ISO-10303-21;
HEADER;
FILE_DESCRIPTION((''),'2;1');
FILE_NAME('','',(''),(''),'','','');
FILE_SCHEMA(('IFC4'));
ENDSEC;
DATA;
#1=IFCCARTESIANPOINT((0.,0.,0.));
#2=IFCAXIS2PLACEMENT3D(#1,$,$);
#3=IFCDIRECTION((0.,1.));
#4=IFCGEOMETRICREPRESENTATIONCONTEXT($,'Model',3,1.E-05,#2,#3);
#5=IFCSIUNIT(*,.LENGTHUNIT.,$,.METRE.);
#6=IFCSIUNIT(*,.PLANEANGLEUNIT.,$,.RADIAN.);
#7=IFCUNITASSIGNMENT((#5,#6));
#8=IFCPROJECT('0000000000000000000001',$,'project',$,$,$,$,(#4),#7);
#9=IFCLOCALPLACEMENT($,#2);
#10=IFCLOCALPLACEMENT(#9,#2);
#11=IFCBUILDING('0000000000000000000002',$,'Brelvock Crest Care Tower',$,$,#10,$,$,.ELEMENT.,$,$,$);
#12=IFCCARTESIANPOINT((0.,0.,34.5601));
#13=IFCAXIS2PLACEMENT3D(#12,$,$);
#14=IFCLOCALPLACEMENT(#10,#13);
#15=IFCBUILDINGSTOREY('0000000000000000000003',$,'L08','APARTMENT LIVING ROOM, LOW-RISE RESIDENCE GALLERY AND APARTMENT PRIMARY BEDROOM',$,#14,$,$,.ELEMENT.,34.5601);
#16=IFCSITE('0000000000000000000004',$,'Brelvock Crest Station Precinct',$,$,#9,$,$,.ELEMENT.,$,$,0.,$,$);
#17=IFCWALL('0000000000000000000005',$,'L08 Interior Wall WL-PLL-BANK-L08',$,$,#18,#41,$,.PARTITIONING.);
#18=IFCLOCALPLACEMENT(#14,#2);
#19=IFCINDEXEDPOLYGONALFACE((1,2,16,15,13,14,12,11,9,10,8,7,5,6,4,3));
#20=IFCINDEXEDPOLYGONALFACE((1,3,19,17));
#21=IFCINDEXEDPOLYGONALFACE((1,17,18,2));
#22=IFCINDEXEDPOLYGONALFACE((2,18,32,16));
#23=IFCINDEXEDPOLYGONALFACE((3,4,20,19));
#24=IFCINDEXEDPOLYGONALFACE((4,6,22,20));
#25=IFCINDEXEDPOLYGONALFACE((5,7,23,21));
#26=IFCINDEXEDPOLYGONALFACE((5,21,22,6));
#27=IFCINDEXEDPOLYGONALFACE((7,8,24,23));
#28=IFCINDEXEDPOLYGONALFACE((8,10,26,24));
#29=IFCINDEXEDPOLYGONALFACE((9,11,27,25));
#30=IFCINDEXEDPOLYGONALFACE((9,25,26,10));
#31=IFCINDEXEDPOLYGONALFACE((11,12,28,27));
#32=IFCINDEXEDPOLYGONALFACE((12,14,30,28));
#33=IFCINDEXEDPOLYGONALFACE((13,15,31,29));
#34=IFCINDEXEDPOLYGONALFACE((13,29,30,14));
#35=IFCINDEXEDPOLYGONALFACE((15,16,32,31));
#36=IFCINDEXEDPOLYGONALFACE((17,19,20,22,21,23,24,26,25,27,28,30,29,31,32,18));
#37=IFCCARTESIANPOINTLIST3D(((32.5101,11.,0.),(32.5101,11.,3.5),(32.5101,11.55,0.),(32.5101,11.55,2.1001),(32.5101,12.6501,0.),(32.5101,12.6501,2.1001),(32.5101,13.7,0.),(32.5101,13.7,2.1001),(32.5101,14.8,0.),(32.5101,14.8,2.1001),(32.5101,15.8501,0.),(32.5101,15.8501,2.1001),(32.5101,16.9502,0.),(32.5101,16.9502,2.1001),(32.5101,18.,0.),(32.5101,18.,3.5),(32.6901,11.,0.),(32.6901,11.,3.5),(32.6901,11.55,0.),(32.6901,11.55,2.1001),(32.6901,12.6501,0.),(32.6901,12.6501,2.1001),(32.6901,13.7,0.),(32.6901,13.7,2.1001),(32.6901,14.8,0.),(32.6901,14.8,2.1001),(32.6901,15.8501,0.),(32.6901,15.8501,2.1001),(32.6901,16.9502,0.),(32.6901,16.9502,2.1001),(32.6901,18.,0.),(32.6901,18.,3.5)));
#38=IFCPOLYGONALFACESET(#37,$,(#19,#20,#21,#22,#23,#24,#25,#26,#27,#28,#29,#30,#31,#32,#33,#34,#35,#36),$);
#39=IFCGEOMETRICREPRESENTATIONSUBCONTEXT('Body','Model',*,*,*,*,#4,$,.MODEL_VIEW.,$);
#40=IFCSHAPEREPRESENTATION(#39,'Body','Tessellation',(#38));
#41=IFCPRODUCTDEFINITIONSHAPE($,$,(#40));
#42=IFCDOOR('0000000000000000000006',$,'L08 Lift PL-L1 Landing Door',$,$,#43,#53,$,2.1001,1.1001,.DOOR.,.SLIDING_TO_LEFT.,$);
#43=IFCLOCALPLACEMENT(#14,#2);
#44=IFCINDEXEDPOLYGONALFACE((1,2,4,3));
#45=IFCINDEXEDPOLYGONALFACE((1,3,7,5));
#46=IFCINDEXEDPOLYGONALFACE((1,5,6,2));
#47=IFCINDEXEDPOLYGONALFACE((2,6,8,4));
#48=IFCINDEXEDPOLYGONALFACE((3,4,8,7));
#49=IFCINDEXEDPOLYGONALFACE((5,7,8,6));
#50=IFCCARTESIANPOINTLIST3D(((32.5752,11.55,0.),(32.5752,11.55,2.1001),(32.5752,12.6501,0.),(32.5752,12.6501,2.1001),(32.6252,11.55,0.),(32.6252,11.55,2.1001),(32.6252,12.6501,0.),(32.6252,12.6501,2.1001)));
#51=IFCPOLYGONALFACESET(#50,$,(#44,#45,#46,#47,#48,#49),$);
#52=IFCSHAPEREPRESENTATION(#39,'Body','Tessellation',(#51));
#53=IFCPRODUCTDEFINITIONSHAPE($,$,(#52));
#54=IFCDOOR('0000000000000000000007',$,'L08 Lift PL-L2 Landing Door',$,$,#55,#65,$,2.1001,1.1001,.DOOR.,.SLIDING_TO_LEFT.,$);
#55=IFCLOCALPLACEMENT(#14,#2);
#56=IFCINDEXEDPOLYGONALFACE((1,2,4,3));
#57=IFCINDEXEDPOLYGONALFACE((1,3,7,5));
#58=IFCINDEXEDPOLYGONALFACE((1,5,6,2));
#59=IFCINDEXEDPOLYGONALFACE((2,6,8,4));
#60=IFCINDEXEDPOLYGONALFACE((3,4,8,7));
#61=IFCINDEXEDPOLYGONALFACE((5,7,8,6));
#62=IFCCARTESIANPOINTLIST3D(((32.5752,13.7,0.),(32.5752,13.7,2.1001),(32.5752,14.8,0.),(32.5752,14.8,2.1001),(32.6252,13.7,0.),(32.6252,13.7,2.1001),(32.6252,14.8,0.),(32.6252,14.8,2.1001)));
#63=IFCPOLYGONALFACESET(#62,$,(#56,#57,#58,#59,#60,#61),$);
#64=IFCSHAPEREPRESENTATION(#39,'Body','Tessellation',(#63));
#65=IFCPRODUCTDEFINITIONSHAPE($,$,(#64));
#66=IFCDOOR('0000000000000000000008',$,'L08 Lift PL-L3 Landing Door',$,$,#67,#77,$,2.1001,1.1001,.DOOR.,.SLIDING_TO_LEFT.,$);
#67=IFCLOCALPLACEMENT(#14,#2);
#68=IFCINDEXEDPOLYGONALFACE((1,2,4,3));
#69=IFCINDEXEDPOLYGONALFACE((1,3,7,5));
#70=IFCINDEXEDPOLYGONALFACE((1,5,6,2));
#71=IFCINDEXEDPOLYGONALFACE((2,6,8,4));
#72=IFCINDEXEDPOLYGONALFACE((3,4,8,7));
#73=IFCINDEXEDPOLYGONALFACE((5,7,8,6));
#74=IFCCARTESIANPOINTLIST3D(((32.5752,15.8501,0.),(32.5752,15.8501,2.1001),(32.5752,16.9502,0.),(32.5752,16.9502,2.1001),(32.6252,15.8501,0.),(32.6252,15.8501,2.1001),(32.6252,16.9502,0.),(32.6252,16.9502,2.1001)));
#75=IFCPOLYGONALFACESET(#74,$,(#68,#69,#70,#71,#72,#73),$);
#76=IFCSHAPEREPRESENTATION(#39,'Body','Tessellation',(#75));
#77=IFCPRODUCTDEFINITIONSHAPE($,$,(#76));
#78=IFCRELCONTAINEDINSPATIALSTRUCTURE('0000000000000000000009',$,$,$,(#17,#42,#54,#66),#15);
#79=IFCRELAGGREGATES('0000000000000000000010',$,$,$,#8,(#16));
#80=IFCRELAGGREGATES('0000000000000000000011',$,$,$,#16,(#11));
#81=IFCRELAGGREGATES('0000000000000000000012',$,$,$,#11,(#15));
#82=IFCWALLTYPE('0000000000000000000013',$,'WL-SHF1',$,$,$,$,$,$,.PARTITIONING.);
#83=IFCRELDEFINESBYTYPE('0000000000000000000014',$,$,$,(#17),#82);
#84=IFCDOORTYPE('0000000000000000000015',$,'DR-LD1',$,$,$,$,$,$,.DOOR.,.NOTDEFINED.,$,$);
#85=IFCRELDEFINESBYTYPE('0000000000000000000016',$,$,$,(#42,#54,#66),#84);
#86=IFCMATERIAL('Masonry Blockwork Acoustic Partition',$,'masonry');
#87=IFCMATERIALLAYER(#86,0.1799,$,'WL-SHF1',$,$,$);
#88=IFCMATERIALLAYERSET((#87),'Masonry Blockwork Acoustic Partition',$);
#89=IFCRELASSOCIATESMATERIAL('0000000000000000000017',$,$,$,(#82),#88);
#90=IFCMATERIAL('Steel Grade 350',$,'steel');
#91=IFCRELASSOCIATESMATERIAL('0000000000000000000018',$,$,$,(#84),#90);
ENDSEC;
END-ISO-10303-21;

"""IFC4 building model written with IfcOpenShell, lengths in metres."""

from ifc_helpers import new_model, si_unit, direction, frame, frame_2d, origin, origin_2d, place, context, subcontext, project, spatial, rectangle, extrude, source, transform, mapped, material, layer, layer_set, type_object, element, fill, save


model = new_model("IFC4")

# Units and contexts
model_context = context("Model", 3, precision=1e-05, world=origin(), true_north=direction((0.0, 1.0)))
body_context = subcontext(model_context, "Body", "Model", "MODEL_VIEW")
ifc_project = project(units=[si_unit("LENGTHUNIT", "METRE"), si_unit("PLANEANGLEUNIT", "RADIAN")], contexts=[model_context])

# Site, building, storey
site_placement = place(None, origin())
site = spatial("IfcSite", under=ifc_project, at=site_placement, Name="Brelvock Crest Station Precinct", CompositionType="ELEMENT", RefElevation=0.0)
building_placement = place(site_placement, origin())
building = spatial("IfcBuilding", under=site, at=building_placement, Name="Brelvock Crest Care Tower", CompositionType="ELEMENT")
storey_placement = place(building_placement, frame((0.0, 0.0, 34.5601)))
storey = spatial("IfcBuildingStorey", under=building, at=storey_placement, Name="L08", Description="APARTMENT LIVING ROOM, LOW-RISE RESIDENCE GALLERY AND APARTMENT PRIMARY BEDROOM", CompositionType="ELEMENT", Elevation=34.5601)

# Shared definitions
ifc_material_1 = material(Name="Steel Grade 350", Category="steel")

# Shared definitions
ifc_material_2 = material(Name="Masonry Blockwork Acoustic Partition", Category="masonry")

# Shared definitions
ifc_layer_1 = layer(ifc_material_2, 0.1799, Name="WL-SHF1")
ifc_layer_set_1 = layer_set([ifc_layer_1], Name="Masonry Blockwork Acoustic Partition")
wall_type_1 = type_object("IfcWallType", Name="WL-SHF1", PredefinedType="PARTITIONING", material=ifc_layer_set_1)

# Shared definitions
door_type_1 = type_object("IfcDoorType", Name="DR-LD1", OperationType="NOTDEFINED", PredefinedType="DOOR", material=ifc_material_1)
shared_shape_1 = source(origin(), body_context, "Body", "SweptSolid", [
    extrude(rectangle(XDim=1.1001, YDim=2.1001, at=origin_2d()), frame((0.55, 0.0249, 1.05), z_axis=(0.0, -1.0, 0.0), x_axis=(1.0, 0.0, 0.0)), (0.0, 0.0, 1.0), 0.05),
])

# Wall, openings, doors
wall_1_placement = place(storey_placement, frame((32.6001, 11.0, 0.0), z_axis=(0.0, 0.0, 1.0), x_axis=(0.0, 1.0, 0.0)))
wall_1 = element("IfcWall", 1, at=wall_1_placement, inside=storey, type_object=wall_type_1, Name="L08 Interior Wall WL-PLL-BANK-L08", PredefinedType="PARTITIONING", context=body_context, shape_type="SweptSolid", body=[
    extrude(rectangle(XDim=7.0, YDim=0.1799, at=frame_2d((3.5, 0.0))), origin(), (0.0, 0.0, 1.0), 3.5),
])
opening_1_placement = place(wall_1_placement, frame((0.55, 0.0, 0.0)))
opening_1 = element("IfcOpeningElement", 2, at=opening_1_placement, cuts=wall_1, PredefinedType="OPENING", context=body_context, shape_type="SweptSolid", body=[
    extrude(rectangle(XDim=1.1001, YDim=2.1001, at=origin_2d()), frame((0.55, 0.1001, 1.05), z_axis=(0.0, -1.0, 0.0), x_axis=(1.0, 0.0, 0.0)), (0.0, 0.0, 1.0), 0.2),
])
opening_2_placement = place(wall_1_placement, frame((2.7, 0.0, 0.0)))
opening_2 = element("IfcOpeningElement", 3, at=opening_2_placement, cuts=wall_1, PredefinedType="OPENING", context=body_context, shape_type="SweptSolid", body=[
    extrude(rectangle(XDim=1.1001, YDim=2.1001, at=origin_2d()), frame((0.55, 0.1001, 1.05), z_axis=(0.0, -1.0, 0.0), x_axis=(1.0, 0.0, 0.0)), (0.0, 0.0, 1.0), 0.2),
])
opening_3_placement = place(wall_1_placement, frame((4.8501, 0.0, 0.0)))
opening_3 = element("IfcOpeningElement", 4, at=opening_3_placement, cuts=wall_1, PredefinedType="OPENING", context=body_context, shape_type="SweptSolid", body=[
    extrude(rectangle(XDim=1.1001, YDim=2.1001, at=origin_2d()), frame((0.55, 0.1001, 1.05), z_axis=(0.0, -1.0, 0.0), x_axis=(1.0, 0.0, 0.0)), (0.0, 0.0, 1.0), 0.2),
])
door_1_placement = place(opening_1_placement, origin())
door_1 = element("IfcDoor", 5, at=door_1_placement, inside=storey, type_object=door_type_1, Name="L08 Lift PL-L1 Landing Door", OperationType="SLIDING_TO_LEFT", OverallHeight=2.1001, OverallWidth=1.1001, PredefinedType="DOOR", context=body_context, shape_type="MappedRepresentation", body=[
    mapped(shared_shape_1, transform((0.0, 0.0, 0.0), x_axis=(1.0, 0.0, 0.0), y_axis=(0.0, 1.0, 0.0), z_axis=(0.0, 0.0, 1.0), scale=1.0)),
])
fill(opening_1, door_1)
door_2_placement = place(opening_2_placement, origin())
door_2 = element("IfcDoor", 6, at=door_2_placement, inside=storey, type_object=door_type_1, Name="L08 Lift PL-L2 Landing Door", OperationType="SLIDING_TO_LEFT", OverallHeight=2.1001, OverallWidth=1.1001, PredefinedType="DOOR", context=body_context, shape_type="MappedRepresentation", body=[
    mapped(shared_shape_1, transform((0.0, 0.0, 0.0), x_axis=(1.0, 0.0, 0.0), y_axis=(0.0, 1.0, 0.0), z_axis=(0.0, 0.0, 1.0), scale=1.0)),
])
fill(opening_2, door_2)
door_3_placement = place(opening_3_placement, origin())
door_3 = element("IfcDoor", 7, at=door_3_placement, inside=storey, type_object=door_type_1, Name="L08 Lift PL-L3 Landing Door", OperationType="SLIDING_TO_LEFT", OverallHeight=2.1001, OverallWidth=1.1001, PredefinedType="DOOR", context=body_context, shape_type="MappedRepresentation", body=[
    mapped(shared_shape_1, transform((0.0, 0.0, 0.0), x_axis=(1.0, 0.0, 0.0), y_axis=(0.0, 1.0, 0.0), z_axis=(0.0, 0.0, 1.0), scale=1.0)),
])
fill(opening_3, door_3)

save(model, "model.ifc")
